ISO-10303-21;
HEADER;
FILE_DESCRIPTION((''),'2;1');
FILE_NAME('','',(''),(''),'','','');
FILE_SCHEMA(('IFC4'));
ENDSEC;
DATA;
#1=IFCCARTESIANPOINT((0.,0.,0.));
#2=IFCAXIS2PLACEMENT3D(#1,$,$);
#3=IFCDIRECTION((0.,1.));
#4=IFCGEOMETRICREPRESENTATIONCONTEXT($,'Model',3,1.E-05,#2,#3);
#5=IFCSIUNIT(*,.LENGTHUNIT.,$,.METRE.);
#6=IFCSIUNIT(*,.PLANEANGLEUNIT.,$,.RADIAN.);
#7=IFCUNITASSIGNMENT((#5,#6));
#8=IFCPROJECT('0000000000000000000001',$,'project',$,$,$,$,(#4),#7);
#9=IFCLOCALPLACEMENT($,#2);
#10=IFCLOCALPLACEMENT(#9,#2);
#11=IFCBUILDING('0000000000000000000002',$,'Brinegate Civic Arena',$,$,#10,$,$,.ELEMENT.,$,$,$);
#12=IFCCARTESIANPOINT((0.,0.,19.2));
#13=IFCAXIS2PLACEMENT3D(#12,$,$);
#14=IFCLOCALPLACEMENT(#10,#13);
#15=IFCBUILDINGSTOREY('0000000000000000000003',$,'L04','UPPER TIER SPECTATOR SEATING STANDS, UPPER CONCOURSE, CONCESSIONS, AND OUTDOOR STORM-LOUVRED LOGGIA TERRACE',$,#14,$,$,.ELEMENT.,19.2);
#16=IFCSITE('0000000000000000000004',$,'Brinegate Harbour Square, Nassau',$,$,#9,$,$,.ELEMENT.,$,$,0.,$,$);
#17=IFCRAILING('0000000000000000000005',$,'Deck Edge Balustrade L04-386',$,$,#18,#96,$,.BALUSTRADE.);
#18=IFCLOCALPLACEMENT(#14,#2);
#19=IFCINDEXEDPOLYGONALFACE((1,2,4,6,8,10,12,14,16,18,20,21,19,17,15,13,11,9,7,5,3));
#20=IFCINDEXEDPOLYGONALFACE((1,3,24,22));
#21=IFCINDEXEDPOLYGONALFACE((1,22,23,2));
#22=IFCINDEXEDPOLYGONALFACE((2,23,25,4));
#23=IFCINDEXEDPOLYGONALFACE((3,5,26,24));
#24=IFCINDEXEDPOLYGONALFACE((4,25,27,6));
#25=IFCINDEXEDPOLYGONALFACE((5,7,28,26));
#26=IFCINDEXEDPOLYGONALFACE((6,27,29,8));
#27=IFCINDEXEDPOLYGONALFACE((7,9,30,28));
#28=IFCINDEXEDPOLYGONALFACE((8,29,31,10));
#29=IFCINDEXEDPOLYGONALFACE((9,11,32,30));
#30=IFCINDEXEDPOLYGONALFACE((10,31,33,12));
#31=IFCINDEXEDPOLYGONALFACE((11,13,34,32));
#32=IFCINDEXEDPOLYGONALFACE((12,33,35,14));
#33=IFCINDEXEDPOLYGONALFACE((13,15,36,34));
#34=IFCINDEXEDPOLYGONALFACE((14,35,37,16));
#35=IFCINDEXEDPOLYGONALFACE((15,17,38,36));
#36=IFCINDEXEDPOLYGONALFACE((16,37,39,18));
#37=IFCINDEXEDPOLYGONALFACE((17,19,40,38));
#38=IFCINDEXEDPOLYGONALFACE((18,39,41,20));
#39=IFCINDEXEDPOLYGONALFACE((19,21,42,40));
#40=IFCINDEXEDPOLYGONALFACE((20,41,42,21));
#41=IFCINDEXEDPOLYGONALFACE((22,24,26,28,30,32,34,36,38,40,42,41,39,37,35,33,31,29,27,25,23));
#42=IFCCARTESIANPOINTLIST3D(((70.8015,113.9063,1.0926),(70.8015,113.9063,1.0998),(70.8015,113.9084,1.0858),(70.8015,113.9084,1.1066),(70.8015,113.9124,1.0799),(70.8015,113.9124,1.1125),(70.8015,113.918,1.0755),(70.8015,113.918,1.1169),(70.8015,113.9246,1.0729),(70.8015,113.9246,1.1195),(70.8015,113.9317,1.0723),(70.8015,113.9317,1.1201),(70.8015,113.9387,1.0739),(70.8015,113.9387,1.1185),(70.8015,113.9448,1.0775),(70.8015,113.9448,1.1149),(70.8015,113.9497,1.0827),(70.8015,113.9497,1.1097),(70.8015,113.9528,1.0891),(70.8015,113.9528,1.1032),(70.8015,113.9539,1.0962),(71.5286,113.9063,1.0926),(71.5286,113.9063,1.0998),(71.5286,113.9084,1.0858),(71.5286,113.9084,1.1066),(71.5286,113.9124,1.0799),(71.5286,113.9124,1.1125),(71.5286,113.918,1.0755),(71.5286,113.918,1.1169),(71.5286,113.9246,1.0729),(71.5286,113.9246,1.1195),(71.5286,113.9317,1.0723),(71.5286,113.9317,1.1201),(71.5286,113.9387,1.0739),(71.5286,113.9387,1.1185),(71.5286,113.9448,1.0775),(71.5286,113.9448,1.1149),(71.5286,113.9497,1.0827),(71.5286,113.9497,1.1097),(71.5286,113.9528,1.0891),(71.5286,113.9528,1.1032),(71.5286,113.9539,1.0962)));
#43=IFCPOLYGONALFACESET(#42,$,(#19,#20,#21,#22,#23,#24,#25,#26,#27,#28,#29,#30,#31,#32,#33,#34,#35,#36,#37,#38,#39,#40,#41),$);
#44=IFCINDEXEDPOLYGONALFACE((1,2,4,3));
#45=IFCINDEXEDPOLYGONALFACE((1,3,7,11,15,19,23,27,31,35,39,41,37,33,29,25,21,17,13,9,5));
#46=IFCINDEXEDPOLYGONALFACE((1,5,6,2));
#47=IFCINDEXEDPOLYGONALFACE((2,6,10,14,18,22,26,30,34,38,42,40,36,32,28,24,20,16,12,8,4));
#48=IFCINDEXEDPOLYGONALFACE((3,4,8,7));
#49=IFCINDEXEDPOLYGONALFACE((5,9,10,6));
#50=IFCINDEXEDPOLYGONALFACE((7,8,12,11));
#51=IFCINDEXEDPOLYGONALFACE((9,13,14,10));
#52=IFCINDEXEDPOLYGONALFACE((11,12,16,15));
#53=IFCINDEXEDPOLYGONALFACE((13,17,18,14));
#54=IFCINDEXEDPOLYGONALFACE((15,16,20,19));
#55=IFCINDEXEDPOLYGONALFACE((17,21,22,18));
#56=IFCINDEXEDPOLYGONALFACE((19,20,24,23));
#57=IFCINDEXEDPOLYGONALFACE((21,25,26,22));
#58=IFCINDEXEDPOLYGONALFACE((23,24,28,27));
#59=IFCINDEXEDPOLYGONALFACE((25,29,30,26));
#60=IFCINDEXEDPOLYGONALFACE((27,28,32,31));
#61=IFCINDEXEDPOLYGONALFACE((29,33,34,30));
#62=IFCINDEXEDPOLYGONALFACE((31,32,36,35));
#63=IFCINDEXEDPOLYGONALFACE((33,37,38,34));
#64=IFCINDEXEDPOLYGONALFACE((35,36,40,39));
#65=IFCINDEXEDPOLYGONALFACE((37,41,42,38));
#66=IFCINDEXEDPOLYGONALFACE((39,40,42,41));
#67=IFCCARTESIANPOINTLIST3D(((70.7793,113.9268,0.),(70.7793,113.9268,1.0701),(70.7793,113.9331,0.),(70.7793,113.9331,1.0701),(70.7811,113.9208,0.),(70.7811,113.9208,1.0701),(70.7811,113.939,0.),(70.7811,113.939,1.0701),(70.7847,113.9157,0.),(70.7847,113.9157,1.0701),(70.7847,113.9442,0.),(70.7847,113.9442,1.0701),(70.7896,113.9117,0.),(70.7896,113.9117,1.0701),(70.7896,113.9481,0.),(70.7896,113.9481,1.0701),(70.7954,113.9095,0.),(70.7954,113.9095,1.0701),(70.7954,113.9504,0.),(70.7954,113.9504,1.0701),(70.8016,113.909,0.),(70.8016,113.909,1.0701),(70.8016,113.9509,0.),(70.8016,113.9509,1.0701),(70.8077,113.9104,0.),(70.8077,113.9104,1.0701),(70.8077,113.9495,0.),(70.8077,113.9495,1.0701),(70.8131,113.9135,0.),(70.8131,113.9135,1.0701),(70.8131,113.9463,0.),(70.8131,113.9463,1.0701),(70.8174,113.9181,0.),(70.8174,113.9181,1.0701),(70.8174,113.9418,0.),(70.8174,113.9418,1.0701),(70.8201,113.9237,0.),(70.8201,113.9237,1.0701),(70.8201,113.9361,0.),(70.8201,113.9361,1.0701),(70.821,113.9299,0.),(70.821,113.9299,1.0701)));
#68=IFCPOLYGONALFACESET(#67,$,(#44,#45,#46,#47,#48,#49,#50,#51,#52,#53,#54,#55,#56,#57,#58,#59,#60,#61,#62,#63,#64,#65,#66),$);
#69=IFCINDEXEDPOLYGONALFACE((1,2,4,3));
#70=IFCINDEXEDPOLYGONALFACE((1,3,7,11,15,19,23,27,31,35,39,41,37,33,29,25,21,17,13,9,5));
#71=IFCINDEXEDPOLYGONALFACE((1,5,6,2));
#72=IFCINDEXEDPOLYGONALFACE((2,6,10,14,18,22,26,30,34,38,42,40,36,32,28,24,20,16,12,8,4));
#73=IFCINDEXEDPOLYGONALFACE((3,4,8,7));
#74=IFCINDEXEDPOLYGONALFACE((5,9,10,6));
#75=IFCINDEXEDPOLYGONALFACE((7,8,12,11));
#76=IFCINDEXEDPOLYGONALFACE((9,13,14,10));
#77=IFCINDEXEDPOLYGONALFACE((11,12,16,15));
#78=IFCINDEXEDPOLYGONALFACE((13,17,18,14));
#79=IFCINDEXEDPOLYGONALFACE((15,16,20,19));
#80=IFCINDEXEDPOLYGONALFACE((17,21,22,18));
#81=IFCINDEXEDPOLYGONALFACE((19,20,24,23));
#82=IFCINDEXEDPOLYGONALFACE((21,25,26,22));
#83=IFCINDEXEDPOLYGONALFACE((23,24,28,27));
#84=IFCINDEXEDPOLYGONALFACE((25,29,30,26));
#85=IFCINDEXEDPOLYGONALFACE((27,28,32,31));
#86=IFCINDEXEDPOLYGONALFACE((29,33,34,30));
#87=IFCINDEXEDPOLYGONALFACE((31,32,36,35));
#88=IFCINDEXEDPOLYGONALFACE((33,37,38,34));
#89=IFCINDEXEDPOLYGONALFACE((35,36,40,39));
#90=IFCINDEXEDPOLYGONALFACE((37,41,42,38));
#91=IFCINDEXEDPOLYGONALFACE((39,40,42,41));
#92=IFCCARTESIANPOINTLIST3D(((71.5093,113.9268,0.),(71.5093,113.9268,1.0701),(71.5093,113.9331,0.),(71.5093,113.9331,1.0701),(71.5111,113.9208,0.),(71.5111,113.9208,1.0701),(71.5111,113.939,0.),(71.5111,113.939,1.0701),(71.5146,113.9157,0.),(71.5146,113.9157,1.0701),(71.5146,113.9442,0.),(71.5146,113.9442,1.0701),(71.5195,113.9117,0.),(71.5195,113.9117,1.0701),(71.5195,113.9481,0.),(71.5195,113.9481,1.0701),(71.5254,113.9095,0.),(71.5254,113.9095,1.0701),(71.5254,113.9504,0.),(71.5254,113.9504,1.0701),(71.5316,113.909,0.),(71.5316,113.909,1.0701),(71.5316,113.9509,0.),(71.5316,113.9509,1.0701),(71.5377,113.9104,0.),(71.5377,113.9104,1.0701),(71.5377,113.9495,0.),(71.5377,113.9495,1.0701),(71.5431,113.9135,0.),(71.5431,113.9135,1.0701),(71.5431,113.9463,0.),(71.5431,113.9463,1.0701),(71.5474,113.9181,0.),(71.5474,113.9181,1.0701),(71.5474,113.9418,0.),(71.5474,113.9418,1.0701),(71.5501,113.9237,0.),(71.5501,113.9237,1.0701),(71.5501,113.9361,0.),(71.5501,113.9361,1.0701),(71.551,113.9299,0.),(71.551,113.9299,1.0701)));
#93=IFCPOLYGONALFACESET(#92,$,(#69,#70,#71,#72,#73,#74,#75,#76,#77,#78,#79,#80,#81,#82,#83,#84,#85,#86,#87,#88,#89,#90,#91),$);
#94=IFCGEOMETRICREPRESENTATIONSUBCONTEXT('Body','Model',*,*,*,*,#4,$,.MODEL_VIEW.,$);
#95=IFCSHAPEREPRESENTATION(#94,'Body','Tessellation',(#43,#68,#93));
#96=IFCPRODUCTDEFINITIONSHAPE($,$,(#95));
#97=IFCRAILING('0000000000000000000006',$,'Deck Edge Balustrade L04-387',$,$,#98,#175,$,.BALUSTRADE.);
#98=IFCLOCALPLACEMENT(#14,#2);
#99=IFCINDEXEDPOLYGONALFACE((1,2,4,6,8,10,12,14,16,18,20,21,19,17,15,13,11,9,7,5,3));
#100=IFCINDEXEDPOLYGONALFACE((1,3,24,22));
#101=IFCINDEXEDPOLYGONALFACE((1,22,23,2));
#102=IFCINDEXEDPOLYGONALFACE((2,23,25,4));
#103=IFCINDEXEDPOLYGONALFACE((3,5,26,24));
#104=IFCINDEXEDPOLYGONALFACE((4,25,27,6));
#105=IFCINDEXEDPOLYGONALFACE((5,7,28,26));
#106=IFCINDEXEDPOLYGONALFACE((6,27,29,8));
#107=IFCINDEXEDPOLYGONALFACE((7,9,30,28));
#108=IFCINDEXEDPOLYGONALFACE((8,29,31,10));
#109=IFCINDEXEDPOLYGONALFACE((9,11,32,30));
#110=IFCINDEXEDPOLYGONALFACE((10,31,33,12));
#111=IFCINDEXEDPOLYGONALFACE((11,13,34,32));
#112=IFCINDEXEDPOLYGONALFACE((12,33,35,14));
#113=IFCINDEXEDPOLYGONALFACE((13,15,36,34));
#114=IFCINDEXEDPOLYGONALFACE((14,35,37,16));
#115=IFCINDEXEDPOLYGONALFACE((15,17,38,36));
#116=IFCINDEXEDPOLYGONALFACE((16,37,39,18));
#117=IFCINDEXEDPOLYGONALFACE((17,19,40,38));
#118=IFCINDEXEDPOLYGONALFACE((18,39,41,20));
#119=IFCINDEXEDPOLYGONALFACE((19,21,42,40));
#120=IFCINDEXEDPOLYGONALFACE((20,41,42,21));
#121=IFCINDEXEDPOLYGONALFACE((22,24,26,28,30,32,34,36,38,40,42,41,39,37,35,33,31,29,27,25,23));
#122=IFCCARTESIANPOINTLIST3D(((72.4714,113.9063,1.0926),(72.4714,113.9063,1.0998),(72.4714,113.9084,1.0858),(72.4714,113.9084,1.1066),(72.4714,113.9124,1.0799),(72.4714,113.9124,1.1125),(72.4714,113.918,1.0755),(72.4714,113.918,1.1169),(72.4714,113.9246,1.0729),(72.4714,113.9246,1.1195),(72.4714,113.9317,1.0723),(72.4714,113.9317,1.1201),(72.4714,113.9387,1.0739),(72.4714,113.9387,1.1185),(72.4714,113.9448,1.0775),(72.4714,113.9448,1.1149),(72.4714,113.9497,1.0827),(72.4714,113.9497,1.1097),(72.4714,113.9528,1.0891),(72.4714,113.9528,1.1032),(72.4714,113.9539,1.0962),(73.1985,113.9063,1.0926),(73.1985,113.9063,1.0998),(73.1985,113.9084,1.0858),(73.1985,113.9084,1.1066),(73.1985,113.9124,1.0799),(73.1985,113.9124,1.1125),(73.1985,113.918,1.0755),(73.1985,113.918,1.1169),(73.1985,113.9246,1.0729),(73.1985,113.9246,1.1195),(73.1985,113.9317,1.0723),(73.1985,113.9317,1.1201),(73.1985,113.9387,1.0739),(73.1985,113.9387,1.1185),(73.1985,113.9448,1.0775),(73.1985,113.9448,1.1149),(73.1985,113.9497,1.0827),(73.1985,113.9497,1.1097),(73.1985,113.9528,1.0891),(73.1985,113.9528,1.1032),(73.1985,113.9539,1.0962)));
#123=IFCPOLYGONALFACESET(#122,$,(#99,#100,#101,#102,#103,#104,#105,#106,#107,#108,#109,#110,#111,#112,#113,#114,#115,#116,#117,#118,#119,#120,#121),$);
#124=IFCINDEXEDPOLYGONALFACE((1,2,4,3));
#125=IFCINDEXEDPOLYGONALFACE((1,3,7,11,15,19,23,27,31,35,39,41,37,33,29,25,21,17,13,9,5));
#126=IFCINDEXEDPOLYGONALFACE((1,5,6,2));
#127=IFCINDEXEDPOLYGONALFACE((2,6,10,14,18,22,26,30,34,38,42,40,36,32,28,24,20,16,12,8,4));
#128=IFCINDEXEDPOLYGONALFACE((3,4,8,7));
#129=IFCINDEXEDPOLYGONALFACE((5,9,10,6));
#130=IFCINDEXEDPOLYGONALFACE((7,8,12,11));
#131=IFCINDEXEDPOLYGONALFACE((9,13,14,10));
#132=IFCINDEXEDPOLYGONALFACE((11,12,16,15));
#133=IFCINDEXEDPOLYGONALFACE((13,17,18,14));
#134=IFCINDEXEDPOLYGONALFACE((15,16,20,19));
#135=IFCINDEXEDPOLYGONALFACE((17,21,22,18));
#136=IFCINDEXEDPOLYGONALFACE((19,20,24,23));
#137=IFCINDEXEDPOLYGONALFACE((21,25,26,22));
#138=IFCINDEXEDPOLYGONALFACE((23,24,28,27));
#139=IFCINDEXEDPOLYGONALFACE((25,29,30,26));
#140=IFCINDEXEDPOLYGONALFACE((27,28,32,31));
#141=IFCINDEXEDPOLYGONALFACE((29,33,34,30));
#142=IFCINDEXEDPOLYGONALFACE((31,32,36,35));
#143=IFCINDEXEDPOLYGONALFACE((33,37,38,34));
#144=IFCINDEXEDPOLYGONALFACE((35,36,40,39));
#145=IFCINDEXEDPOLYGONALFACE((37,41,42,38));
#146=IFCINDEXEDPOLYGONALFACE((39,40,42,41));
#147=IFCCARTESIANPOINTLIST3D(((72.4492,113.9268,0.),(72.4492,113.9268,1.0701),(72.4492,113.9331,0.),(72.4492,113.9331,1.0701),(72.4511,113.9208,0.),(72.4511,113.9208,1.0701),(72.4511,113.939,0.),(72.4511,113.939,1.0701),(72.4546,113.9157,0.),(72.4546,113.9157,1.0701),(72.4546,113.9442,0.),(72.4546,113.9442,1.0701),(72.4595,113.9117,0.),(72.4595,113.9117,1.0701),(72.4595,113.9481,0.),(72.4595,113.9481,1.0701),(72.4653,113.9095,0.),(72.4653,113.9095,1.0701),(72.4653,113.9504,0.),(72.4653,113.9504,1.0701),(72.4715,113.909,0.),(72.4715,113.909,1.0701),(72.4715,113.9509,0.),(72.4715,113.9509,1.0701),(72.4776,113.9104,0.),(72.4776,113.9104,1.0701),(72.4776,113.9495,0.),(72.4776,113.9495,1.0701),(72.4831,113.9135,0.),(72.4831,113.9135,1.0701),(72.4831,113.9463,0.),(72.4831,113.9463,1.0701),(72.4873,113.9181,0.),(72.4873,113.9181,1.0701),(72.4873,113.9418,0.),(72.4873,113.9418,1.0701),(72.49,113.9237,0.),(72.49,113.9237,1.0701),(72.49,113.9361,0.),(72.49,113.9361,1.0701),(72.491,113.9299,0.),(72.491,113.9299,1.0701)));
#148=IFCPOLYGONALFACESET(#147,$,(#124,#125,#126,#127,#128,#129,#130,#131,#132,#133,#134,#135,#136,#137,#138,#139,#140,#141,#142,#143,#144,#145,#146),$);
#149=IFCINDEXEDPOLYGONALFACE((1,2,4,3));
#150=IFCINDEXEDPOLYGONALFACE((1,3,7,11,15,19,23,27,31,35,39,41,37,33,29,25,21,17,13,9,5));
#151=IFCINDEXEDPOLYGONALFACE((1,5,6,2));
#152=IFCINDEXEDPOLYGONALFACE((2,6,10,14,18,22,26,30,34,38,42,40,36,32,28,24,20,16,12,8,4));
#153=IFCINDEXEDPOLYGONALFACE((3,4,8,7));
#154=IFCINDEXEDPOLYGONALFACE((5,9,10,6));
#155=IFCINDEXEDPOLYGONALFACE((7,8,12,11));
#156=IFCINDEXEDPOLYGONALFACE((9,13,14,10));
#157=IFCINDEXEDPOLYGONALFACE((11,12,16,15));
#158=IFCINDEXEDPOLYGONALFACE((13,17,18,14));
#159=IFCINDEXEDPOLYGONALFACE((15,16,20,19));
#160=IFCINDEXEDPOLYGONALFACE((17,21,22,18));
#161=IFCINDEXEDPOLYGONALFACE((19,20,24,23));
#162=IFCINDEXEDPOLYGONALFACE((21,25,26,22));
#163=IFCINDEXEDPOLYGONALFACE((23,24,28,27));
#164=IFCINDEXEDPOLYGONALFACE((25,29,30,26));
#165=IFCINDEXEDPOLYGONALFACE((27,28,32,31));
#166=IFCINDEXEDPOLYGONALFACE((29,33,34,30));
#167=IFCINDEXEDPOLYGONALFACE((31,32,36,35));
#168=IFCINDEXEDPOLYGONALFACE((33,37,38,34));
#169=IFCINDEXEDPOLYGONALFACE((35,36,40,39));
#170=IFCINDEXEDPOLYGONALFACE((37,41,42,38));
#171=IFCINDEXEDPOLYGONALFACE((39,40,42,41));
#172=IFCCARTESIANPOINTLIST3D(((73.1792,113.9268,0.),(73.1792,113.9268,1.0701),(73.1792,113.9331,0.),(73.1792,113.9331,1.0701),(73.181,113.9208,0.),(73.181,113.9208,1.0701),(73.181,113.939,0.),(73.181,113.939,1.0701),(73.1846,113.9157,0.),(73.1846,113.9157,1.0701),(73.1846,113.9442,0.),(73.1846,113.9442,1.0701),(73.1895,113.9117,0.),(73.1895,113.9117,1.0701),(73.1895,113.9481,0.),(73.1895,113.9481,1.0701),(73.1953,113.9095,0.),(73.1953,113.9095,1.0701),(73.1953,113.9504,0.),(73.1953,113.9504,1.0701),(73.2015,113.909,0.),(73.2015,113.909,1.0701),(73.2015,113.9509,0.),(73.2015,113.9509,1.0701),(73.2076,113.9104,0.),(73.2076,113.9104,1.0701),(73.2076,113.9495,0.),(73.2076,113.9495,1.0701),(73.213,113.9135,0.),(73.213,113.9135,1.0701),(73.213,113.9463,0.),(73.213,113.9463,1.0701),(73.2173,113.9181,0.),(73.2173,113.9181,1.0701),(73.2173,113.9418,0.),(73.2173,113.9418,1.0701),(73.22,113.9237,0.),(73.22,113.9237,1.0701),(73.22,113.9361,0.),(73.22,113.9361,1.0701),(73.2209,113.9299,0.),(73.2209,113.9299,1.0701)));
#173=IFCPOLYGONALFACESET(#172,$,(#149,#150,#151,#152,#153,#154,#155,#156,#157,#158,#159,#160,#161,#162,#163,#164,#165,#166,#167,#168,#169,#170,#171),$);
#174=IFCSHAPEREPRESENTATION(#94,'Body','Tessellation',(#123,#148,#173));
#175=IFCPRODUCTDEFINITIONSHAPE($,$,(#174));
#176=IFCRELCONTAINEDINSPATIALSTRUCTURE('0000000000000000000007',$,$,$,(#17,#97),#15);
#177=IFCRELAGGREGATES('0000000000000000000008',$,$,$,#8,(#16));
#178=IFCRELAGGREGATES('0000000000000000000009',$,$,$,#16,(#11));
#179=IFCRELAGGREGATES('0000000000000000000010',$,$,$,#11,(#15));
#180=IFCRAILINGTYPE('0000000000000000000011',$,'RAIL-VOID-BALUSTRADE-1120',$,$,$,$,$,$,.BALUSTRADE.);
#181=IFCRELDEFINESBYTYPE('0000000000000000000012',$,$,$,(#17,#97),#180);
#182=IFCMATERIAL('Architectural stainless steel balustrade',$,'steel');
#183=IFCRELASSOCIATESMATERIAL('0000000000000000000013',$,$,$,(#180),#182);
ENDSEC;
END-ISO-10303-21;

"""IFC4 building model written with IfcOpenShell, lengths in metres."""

from ifc_helpers import new_model, si_unit, direction, frame, origin, origin_2d, place, context, subcontext, project, spatial, circle, extrude, material, type_object, element, save


model = new_model("IFC4")

# Units and contexts
model_context = context("Model", 3, precision=1e-05, world=origin(), true_north=direction((0.0, 1.0)))
body_context = subcontext(model_context, "Body", "Model", "MODEL_VIEW")
ifc_project = project(units=[si_unit("LENGTHUNIT", "METRE"), si_unit("PLANEANGLEUNIT", "RADIAN")], contexts=[model_context])

# Site, building, storey
site_placement = place(None, origin())
site = spatial("IfcSite", under=ifc_project, at=site_placement, Name="Brinegate Harbour Square, Nassau", CompositionType="ELEMENT", RefElevation=0.0)
building_placement = place(site_placement, origin())
building = spatial("IfcBuilding", under=site, at=building_placement, Name="Brinegate Civic Arena", CompositionType="ELEMENT")
storey_placement = place(building_placement, frame((0.0, 0.0, 19.2)))
storey = spatial("IfcBuildingStorey", under=building, at=storey_placement, Name="L04", Description="UPPER TIER SPECTATOR SEATING STANDS, UPPER CONCOURSE, CONCESSIONS, AND OUTDOOR STORM-LOUVRED LOGGIA TERRACE", CompositionType="ELEMENT", Elevation=19.2)

# Railings
ifc_material_1 = material(Name="Architectural stainless steel balustrade", Category="steel")
railing_type_1 = type_object("IfcRailingType", Name="RAIL-VOID-BALUSTRADE-1120", PredefinedType="BALUSTRADE", material=ifc_material_1)
for number, where, name in (
    (1, (70.8, 113.9299, 0.0), "Deck Edge Balustrade L04-386"),
    (2, (72.47, 113.9299, 0.0), "Deck Edge Balustrade L04-387"),
):
    element("IfcRailing", number, at=place(storey_placement, frame(where)), inside=storey, type_object=railing_type_1, Name=name, PredefinedType="BALUSTRADE", context=body_context, shape_type="SweptSolid", body=[
        extrude(circle(Radius=0.0239, at=origin_2d()), frame((0.0015, 0.0, 1.0962), z_axis=(1.0, 0.0, 0.0), x_axis=(0.0, 1.0, 0.0)), (0.0, 0.0, 1.0), 0.7271),
        extrude(circle(Radius=0.021, at=origin_2d()), origin(), (0.0, 0.0, 1.0), 1.0701),
        extrude(circle(Radius=0.021, at=origin_2d()), frame((0.73, 0.0, 0.0)), (0.0, 0.0, 1.0), 1.0701),
    ])

save(model, "model.ifc")
